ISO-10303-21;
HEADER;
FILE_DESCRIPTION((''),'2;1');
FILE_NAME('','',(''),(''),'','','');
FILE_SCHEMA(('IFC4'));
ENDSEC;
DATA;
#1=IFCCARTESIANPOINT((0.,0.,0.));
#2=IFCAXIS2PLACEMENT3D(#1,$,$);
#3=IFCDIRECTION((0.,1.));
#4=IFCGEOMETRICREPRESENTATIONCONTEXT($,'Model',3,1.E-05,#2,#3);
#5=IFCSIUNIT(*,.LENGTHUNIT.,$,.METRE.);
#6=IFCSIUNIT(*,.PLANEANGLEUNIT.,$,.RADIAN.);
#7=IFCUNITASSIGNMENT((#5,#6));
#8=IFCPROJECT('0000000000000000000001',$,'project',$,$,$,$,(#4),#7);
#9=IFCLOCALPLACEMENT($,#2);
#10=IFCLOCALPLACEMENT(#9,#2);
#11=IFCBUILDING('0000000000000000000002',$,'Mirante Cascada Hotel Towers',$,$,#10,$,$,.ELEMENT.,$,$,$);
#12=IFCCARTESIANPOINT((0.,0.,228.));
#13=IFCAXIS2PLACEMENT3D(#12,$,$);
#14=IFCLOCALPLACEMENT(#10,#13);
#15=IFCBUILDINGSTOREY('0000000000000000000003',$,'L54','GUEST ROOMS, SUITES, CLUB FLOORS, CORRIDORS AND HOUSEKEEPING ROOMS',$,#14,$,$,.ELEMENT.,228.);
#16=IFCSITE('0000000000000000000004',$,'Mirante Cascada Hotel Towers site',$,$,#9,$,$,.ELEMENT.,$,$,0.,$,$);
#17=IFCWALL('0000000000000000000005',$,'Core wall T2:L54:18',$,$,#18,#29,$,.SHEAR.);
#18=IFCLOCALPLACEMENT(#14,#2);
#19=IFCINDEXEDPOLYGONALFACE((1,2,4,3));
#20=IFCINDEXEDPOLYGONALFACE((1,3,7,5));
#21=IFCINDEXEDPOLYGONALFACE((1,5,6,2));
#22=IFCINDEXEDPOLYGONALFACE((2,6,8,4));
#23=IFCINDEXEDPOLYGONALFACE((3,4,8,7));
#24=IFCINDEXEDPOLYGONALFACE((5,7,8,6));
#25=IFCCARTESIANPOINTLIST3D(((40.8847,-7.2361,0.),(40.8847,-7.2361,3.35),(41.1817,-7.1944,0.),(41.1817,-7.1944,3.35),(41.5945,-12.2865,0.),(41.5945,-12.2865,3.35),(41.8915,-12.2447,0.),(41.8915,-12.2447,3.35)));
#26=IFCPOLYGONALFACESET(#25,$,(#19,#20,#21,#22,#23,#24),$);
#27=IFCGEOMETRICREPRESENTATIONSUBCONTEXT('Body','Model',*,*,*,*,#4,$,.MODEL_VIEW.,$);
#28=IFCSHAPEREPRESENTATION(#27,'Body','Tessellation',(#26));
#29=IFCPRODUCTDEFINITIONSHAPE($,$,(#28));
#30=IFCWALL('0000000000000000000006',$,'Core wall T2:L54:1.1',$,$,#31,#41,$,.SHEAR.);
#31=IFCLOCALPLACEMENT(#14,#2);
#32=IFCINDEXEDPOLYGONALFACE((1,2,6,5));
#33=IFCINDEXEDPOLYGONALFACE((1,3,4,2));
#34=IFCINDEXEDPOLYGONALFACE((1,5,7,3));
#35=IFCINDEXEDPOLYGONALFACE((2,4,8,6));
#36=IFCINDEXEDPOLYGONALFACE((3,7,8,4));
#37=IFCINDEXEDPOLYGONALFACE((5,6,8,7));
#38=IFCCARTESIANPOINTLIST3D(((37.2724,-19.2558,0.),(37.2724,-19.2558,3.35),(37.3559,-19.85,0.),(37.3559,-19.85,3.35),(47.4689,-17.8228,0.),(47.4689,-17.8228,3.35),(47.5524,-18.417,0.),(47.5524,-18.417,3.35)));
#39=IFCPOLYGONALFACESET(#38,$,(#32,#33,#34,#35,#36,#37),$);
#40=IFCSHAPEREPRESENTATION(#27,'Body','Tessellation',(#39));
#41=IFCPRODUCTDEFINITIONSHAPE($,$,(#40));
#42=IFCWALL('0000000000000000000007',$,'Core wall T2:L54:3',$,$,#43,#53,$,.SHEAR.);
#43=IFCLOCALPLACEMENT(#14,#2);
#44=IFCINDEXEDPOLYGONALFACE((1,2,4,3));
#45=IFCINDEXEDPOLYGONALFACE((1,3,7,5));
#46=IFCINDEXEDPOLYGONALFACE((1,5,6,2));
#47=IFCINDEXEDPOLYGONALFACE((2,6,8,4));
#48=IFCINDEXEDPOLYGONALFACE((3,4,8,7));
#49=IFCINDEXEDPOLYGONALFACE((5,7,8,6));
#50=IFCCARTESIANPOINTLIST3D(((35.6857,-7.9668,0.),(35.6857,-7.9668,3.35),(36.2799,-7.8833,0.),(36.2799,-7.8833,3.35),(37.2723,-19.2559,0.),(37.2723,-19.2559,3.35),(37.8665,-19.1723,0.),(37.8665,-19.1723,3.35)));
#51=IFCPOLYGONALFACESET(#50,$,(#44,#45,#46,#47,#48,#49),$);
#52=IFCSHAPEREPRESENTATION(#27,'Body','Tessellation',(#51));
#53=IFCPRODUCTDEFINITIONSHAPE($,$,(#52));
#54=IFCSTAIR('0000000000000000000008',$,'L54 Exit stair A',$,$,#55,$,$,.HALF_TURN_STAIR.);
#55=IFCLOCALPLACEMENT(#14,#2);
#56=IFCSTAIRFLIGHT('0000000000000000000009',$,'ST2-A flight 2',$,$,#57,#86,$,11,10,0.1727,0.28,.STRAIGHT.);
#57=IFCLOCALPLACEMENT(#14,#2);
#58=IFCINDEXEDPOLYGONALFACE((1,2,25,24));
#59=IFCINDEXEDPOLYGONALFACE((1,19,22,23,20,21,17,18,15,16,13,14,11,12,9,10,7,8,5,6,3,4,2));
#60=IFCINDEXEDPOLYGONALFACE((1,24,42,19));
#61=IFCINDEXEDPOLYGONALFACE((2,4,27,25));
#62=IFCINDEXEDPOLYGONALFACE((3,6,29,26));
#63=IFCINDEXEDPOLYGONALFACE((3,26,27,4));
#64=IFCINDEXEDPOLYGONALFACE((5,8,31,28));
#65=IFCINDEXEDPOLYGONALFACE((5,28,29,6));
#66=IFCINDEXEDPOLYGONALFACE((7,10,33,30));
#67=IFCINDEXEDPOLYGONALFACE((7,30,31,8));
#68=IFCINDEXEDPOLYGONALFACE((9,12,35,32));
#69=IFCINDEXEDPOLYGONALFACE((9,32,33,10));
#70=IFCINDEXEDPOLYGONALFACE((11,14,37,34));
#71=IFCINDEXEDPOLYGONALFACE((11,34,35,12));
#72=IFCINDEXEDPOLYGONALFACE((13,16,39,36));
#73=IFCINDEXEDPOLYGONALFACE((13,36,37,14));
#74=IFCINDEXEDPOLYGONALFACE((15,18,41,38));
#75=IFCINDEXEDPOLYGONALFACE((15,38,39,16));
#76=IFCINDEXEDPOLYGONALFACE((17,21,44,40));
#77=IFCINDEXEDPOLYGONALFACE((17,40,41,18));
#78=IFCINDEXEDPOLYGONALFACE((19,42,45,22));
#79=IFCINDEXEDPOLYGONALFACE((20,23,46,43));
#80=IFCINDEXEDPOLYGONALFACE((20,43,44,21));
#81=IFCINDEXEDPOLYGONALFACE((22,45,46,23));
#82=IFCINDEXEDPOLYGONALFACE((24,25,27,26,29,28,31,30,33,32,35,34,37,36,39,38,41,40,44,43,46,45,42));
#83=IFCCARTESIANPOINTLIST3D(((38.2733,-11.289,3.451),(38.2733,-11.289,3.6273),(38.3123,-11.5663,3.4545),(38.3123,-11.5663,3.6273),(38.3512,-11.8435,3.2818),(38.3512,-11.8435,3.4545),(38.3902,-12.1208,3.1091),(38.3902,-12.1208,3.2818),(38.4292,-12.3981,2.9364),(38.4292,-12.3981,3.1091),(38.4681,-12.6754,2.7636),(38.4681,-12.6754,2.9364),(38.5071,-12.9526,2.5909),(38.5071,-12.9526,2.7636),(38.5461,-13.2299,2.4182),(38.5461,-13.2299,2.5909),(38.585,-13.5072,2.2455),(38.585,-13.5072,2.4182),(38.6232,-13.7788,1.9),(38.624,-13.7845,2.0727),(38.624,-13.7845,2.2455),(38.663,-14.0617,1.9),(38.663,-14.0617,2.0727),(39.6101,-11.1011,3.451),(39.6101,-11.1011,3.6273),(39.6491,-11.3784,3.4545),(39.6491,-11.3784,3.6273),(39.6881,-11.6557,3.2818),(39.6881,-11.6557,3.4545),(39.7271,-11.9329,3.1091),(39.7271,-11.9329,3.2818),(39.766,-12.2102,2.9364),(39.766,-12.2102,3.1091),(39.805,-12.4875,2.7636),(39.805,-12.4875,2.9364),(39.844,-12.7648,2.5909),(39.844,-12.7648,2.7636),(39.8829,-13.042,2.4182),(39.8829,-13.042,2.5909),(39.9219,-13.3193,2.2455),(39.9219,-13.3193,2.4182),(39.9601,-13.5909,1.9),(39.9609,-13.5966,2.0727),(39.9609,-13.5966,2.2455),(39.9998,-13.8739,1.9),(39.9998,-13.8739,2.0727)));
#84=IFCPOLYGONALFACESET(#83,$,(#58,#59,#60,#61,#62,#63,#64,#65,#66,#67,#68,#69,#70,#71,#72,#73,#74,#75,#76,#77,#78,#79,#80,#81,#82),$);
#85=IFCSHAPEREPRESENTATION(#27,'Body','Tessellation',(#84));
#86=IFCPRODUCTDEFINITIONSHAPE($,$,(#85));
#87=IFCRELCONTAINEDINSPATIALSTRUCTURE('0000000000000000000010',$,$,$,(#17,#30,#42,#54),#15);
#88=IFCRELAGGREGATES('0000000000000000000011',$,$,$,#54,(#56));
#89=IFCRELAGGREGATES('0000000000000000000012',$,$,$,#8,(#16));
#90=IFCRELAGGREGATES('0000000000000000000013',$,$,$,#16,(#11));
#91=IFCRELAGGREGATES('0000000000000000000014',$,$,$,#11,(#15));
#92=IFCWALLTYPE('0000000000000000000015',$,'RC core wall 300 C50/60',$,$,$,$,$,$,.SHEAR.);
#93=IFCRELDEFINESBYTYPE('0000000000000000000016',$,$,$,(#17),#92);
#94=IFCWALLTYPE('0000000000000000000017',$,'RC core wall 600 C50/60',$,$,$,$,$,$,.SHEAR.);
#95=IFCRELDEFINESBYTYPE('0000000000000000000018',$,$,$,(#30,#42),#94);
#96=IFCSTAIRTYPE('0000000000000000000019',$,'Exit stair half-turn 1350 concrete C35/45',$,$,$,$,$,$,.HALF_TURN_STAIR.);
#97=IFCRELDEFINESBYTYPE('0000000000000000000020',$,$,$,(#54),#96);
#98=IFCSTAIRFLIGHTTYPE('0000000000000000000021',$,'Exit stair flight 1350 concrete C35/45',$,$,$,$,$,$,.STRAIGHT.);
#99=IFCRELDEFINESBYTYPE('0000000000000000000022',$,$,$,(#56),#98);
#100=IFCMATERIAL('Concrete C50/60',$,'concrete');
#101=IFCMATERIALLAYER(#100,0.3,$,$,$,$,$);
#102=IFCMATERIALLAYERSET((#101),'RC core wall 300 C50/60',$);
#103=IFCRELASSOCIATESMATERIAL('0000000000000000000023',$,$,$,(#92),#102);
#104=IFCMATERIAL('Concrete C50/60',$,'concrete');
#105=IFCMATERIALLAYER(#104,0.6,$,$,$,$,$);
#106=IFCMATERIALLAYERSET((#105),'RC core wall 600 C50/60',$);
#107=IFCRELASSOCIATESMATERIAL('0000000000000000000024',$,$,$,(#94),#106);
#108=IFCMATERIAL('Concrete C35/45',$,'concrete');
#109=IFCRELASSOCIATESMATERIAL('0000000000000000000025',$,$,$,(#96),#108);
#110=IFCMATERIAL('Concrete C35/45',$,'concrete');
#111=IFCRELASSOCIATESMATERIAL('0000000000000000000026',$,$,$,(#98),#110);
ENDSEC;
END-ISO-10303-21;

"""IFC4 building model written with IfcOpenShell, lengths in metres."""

from ifc_helpers import new_model, si_unit, direction, frame, frame_2d, origin, place, context, subcontext, project, spatial, polyline, rectangle, outline, extrude, material, layer, layer_set, type_object, element, aggregate, save


model = new_model("IFC4")

# Units and contexts
model_context = context("Model", 3, precision=1e-05, world=origin(), true_north=direction((0.0, 1.0)))
body_context = subcontext(model_context, "Body", "Model", "MODEL_VIEW")
ifc_project = project(units=[si_unit("LENGTHUNIT", "METRE"), si_unit("PLANEANGLEUNIT", "RADIAN")], contexts=[model_context])

# Site, building, storey
site_placement = place(None, origin())
site = spatial("IfcSite", under=ifc_project, at=site_placement, Name="Mirante Cascada Hotel Towers site", CompositionType="ELEMENT", RefElevation=0.0)
building_placement = place(site_placement, origin())
building = spatial("IfcBuilding", under=site, at=building_placement, Name="Mirante Cascada Hotel Towers", CompositionType="ELEMENT")
storey_placement = place(building_placement, frame((0.0, 0.0, 228.0)))
storey = spatial("IfcBuildingStorey", under=building, at=storey_placement, Name="L54", Description="GUEST ROOMS, SUITES, CLUB FLOORS, CORRIDORS AND HOUSEKEEPING ROOMS", CompositionType="ELEMENT", Elevation=228.0)

# Shared definitions
ifc_material_1 = material(Name="Concrete C50/60", Category="concrete")
ifc_layer_1 = layer(ifc_material_1, 0.3)
ifc_layer_set_1 = layer_set([ifc_layer_1], Name="RC core wall 300 C50/60")
wall_type_1 = type_object("IfcWallType", Name="RC core wall 300 C50/60", PredefinedType="SHEAR", material=ifc_layer_set_1)

# Walls
wall_1_placement = place(storey_placement, frame((41.743, -12.2656, 0.0), z_axis=(0.0, 0.0, 1.0), x_axis=(-0.139176, 0.990268, 0.0)))
element("IfcWall", 1, at=wall_1_placement, inside=storey, type_object=wall_type_1, Name="Core wall T2:L54:18", PredefinedType="SHEAR", context=body_context, shape_type="SweptSolid", body=[
    extrude(rectangle(XDim=5.1, YDim=0.3, at=frame_2d((2.55, 0.0))), origin(), (0.0, 0.0, 1.0), 3.35),
])
ifc_material_2 = material(Name="Concrete C50/60", Category="concrete")
ifc_layer_2 = layer(ifc_material_2, 0.6)
ifc_layer_set_2 = layer_set([ifc_layer_2], Name="RC core wall 600 C50/60")
wall_type_2 = type_object("IfcWallType", Name="RC core wall 600 C50/60", PredefinedType="SHEAR", material=ifc_layer_set_2)
wall_2_placement = place(storey_placement, frame((37.3141, -19.5529, 0.0), z_axis=(0.0, 0.0, 1.0), x_axis=(0.990268, 0.139171, 0.0)))
element("IfcWall", 2, at=wall_2_placement, inside=storey, type_object=wall_type_2, Name="Core wall T2:L54:1.1", PredefinedType="SHEAR", context=body_context, shape_type="SweptSolid", body=[
    extrude(rectangle(XDim=10.2967, YDim=0.6, at=frame_2d((5.1484, 0.0))), origin(), (0.0, 0.0, 1.0), 3.35),
])
wall_3_placement = place(storey_placement, frame((37.5694, -19.2141, 0.0), z_axis=(0.0, 0.0, 1.0), x_axis=(-0.139175, 0.990268, 0.0)))
element("IfcWall", 3, at=wall_3_placement, inside=storey, type_object=wall_type_2, Name="Core wall T2:L54:3", PredefinedType="SHEAR", context=body_context, shape_type="SweptSolid", body=[
    extrude(rectangle(XDim=11.4, YDim=0.6, at=frame_2d((5.7, 0.0))), origin(), (0.0, 0.0, 1.0), 3.35),
])

# Stair, stair flight
ifc_material_3 = material(Name="Concrete C35/45", Category="concrete")
stair_type = type_object("IfcStairType", Name="Exit stair half-turn 1350 concrete C35/45", PredefinedType="HALF_TURN_STAIR", material=ifc_material_3)
stair_placement = place(storey_placement, origin())
stair = element("IfcStair", 4, at=stair_placement, inside=storey, type_object=stair_type, Name="L54 Exit stair A", PredefinedType="HALF_TURN_STAIR")
ifc_material_4 = material(Name="Concrete C35/45", Category="concrete")
stair_flight_type = type_object("IfcStairFlightType", Name="Exit stair flight 1350 concrete C35/45", PredefinedType="STRAIGHT", material=ifc_material_4)
stair_flight_placement = place(storey_placement, frame((39.3314, -13.9678, 1.9), z_axis=(0.0, 0.0, 1.0), x_axis=(-0.139173, 0.990268, 0.0)))
stair_flight = element("IfcStairFlight", 5, at=stair_flight_placement, type_object=stair_flight_type, Name="ST2-A flight 2", NumberOfRisers=11, NumberOfTreads=10, PredefinedType="STRAIGHT", RiserHeight=0.1727, TreadLength=0.28, context=body_context, shape_type="SweptSolid", body=[
    extrude(outline(polyline([(0.0, 0.0), (0.0, 0.1727), (0.28, 0.1727), (0.28, 0.3455), (0.56, 0.3455), (0.56, 0.5182), (0.84, 0.5182), (0.84, 0.6909), (1.12, 0.6909), (1.12, 0.8636), (1.4, 0.8636), (1.4, 1.0364), (1.68, 1.0364), (1.68, 1.2091), (1.96, 1.2091), (1.96, 1.3818), (2.24, 1.3818), (2.24, 1.5545), (2.52, 1.5545), (2.52, 1.7273), (2.8, 1.7273), (2.8, 1.9), (2.8, 1.551), (0.2857, 0.0), (0.0, 0.0)])), frame((0.0, 0.675, 0.0), z_axis=(0.0, -1.0, 0.0), x_axis=(1.0, 0.0, 0.0)), (0.0, 0.0, 1.0), 1.35),
])
aggregate(stair, [stair_flight])

save(model, "model.ifc")
